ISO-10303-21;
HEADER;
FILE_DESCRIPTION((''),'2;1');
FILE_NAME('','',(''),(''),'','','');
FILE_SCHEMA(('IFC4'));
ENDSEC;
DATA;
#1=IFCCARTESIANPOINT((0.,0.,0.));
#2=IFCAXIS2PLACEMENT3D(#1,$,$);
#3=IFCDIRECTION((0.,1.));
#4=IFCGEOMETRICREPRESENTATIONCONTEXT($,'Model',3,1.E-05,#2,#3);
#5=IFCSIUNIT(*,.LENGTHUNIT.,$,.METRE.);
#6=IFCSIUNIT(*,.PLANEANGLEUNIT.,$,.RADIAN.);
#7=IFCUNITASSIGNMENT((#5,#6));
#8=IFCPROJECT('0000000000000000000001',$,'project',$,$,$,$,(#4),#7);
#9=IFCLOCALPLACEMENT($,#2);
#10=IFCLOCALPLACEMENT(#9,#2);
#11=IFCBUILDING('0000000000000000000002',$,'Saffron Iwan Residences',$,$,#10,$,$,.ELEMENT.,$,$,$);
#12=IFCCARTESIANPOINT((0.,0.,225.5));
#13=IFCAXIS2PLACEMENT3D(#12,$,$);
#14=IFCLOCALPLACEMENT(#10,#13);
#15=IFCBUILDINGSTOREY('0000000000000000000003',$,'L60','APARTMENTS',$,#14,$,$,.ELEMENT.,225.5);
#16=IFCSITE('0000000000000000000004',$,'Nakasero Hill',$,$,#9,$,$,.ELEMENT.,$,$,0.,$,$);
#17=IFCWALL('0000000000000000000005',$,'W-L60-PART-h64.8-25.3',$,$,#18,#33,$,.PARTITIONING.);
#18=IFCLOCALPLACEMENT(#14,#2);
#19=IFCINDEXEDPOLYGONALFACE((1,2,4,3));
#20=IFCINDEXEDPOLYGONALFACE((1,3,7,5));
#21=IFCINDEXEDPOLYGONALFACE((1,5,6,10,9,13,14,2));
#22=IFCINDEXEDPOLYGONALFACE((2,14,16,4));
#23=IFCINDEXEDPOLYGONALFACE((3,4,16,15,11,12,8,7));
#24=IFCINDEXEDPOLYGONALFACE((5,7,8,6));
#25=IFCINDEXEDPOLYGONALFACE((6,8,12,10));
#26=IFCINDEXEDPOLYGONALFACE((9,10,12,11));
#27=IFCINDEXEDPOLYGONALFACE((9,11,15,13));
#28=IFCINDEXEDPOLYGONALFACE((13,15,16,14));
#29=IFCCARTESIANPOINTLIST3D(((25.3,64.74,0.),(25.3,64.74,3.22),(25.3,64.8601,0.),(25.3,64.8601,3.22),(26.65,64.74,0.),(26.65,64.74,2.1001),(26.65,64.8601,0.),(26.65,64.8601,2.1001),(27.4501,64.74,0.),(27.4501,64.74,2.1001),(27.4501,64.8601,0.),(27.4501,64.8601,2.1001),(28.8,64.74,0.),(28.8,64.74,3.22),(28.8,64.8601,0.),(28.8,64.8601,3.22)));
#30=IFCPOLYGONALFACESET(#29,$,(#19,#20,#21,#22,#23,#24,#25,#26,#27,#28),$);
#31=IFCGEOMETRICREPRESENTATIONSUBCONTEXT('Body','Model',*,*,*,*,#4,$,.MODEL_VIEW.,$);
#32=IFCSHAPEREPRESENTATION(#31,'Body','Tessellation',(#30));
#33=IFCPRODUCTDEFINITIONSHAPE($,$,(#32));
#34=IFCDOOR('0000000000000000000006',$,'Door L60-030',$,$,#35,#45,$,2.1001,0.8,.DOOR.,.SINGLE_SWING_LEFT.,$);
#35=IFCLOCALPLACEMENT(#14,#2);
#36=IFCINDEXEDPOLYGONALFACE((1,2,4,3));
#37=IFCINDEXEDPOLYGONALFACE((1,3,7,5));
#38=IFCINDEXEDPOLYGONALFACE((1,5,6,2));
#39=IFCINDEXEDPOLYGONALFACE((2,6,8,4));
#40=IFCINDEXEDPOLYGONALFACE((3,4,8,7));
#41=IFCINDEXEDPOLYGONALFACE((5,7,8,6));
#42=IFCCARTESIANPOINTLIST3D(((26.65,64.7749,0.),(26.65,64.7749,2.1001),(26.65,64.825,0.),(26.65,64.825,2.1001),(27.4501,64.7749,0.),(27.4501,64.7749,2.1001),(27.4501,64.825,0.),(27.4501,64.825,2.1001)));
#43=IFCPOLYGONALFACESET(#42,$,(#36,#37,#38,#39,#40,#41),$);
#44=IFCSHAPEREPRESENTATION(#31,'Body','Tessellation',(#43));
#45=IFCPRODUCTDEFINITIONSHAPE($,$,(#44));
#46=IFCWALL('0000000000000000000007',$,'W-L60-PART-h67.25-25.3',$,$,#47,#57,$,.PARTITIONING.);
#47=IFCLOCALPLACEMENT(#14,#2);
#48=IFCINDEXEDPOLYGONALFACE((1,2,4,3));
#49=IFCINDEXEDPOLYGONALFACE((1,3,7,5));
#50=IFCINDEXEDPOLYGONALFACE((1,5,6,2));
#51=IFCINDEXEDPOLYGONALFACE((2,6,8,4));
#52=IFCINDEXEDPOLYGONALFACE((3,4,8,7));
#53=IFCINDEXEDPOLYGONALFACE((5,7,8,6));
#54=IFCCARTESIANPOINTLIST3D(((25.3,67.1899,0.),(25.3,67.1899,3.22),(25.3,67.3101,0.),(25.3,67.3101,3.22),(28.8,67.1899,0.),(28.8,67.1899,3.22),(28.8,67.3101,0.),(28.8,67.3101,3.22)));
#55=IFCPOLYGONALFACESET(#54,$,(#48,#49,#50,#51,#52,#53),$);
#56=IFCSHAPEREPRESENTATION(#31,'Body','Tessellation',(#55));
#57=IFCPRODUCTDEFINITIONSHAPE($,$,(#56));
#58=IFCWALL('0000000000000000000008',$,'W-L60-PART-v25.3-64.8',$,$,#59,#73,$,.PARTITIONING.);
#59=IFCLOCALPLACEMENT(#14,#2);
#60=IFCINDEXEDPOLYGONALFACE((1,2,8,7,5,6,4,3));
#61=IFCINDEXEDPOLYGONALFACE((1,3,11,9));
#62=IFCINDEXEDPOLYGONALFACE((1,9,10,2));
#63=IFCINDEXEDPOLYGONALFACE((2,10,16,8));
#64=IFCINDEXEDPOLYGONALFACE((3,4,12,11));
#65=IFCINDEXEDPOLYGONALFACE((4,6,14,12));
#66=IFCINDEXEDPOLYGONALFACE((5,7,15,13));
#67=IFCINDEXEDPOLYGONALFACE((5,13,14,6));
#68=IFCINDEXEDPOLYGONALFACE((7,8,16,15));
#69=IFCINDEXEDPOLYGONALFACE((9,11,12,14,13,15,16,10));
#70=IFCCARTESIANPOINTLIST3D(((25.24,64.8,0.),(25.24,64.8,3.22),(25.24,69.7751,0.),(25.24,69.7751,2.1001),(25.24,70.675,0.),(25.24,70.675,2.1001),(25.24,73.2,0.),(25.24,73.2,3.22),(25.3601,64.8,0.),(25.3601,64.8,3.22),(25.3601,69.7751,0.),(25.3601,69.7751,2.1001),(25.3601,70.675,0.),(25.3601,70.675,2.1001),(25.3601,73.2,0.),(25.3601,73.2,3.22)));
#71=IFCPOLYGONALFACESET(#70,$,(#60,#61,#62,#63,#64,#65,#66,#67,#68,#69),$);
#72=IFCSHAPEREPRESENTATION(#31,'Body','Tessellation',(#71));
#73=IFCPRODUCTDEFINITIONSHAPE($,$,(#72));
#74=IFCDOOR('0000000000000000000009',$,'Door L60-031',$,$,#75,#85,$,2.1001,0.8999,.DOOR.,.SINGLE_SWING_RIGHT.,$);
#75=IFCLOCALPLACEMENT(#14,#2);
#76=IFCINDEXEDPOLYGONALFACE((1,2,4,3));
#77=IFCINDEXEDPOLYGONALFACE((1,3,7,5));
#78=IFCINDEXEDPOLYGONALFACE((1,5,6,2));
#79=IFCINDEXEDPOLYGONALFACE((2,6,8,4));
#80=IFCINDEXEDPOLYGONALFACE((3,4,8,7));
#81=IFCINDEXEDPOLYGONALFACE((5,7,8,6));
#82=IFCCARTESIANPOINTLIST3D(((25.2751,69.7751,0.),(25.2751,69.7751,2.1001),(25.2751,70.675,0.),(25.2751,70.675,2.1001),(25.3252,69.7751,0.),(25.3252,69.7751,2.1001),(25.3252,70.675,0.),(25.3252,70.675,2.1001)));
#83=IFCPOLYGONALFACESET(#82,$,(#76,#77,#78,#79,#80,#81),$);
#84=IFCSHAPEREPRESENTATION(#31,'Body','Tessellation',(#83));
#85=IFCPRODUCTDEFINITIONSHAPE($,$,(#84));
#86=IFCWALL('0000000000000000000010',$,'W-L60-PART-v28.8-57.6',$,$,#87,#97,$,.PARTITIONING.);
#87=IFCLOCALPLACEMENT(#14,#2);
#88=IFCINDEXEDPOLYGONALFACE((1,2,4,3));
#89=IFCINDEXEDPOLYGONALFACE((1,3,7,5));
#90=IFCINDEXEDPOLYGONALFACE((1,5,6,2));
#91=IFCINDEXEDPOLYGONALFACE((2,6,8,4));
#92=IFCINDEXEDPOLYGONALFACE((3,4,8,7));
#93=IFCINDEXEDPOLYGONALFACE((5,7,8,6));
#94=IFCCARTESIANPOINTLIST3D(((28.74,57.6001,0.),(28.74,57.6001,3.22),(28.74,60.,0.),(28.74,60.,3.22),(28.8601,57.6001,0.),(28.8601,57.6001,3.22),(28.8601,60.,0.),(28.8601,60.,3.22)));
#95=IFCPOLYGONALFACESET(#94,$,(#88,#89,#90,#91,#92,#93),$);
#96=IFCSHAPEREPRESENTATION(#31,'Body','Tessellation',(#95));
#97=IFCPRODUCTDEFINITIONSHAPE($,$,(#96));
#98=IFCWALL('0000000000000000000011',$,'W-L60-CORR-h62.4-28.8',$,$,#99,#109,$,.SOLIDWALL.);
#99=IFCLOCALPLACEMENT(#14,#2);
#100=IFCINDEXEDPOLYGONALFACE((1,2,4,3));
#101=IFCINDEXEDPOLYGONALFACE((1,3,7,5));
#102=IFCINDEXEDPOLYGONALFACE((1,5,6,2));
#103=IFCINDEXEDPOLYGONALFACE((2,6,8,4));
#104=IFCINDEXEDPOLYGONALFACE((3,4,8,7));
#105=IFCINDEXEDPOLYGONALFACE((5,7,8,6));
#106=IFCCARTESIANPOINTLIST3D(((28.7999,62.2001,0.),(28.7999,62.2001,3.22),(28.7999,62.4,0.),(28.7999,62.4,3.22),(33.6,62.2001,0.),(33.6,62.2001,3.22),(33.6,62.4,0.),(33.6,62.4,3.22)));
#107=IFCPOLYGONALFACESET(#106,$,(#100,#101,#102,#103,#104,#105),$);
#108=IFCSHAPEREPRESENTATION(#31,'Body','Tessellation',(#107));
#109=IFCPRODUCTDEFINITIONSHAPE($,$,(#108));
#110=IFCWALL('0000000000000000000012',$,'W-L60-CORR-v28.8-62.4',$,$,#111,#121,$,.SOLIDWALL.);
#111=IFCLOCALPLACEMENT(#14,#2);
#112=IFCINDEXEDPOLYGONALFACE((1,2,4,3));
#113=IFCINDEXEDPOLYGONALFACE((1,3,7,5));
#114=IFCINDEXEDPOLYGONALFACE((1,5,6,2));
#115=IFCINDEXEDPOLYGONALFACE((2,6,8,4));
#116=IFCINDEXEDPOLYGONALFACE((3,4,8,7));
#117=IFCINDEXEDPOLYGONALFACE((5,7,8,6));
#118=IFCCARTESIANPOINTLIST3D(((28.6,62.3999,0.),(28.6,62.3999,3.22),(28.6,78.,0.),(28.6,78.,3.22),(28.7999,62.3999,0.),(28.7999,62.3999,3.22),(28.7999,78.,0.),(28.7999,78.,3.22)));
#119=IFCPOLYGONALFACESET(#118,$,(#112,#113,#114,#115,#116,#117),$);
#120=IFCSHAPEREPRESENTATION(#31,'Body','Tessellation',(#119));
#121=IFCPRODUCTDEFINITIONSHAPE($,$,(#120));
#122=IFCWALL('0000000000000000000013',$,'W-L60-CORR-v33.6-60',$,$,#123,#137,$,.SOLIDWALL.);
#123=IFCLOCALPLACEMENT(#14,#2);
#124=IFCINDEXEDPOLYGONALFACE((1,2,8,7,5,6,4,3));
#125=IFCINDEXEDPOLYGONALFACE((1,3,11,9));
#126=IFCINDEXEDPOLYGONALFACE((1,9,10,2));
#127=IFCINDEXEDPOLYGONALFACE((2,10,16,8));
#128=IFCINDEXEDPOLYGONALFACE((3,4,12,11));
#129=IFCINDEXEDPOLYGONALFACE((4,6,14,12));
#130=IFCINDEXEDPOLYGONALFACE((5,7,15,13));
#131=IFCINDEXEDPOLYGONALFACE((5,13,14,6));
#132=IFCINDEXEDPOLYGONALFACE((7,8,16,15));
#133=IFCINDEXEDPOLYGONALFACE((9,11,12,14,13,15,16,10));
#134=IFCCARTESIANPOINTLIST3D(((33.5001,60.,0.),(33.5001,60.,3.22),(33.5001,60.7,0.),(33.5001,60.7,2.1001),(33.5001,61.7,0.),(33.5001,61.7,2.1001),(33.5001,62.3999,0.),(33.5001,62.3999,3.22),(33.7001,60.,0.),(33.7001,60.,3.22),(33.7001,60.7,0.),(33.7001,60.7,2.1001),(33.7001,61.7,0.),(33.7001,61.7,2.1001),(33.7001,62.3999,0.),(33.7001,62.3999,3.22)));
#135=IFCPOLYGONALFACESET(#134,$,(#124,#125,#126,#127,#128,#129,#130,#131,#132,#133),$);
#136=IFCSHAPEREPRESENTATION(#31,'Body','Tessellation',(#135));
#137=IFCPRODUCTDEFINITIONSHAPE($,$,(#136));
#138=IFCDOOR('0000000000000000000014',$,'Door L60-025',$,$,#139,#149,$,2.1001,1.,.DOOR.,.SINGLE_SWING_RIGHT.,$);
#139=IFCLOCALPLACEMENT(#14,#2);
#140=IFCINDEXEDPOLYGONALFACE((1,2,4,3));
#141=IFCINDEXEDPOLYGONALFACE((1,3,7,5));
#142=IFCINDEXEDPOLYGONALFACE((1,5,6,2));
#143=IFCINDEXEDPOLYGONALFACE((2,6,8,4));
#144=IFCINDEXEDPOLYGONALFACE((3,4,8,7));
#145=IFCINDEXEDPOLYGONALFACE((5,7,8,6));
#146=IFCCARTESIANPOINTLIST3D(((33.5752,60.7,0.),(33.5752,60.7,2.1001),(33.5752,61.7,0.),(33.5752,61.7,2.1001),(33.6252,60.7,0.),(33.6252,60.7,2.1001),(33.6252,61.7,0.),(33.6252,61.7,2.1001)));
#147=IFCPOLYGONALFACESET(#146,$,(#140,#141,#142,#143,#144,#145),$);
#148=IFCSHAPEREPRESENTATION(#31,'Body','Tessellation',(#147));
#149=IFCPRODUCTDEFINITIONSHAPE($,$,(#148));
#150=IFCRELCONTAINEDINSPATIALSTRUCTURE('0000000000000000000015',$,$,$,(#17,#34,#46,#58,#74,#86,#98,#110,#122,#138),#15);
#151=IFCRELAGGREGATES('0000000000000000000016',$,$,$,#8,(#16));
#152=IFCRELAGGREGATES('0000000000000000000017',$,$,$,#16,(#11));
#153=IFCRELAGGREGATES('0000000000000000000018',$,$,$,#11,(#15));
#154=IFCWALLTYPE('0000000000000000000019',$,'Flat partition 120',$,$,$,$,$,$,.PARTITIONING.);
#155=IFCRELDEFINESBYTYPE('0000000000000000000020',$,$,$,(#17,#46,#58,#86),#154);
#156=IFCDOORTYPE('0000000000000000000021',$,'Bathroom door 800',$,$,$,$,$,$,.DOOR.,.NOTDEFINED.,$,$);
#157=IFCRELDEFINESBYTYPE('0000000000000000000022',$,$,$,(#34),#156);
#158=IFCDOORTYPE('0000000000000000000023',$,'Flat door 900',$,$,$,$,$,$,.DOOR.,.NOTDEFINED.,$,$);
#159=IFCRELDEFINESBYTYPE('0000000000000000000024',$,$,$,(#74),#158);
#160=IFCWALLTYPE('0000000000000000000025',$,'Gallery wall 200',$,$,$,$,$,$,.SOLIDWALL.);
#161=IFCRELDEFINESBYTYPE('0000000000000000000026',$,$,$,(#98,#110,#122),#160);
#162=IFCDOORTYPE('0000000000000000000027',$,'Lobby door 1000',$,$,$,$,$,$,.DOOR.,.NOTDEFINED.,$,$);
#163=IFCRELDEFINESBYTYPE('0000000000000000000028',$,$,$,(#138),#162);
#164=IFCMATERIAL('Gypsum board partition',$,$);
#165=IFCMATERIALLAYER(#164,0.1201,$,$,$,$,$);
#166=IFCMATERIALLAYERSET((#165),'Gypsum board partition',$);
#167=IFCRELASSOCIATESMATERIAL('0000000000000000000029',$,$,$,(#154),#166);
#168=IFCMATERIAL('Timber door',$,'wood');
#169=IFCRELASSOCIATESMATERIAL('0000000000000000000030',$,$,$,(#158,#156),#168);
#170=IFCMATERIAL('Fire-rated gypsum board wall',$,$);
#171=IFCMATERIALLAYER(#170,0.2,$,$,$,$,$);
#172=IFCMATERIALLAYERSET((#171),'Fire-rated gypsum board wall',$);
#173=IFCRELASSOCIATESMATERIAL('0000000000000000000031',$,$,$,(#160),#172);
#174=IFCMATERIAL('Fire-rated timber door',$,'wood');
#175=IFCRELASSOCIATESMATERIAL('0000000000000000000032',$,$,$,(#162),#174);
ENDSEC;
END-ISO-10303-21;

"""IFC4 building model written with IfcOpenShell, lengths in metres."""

from ifc_helpers import new_model, si_unit, direction, frame, frame_2d, origin, place, context, subcontext, project, spatial, rectangle, extrude, material, layer, layer_set, type_object, element, fill, save


model = new_model("IFC4")

# Units and contexts
model_context = context("Model", 3, precision=1e-05, world=origin(), true_north=direction((0.0, 1.0)))
body_context = subcontext(model_context, "Body", "Model", "MODEL_VIEW")
ifc_project = project(units=[si_unit("LENGTHUNIT", "METRE"), si_unit("PLANEANGLEUNIT", "RADIAN")], contexts=[model_context])

# Site, building, storey
site_placement = place(None, origin())
site = spatial("IfcSite", under=ifc_project, at=site_placement, Name="Nakasero Hill", CompositionType="ELEMENT", RefElevation=0.0)
building_placement = place(site_placement, origin())
building = spatial("IfcBuilding", under=site, at=building_placement, Name="Saffron Iwan Residences", CompositionType="ELEMENT")
storey_placement = place(building_placement, frame((0.0, 0.0, 225.5)))
storey = spatial("IfcBuildingStorey", under=building, at=storey_placement, Name="L60", Description="APARTMENTS", CompositionType="ELEMENT", Elevation=225.5)

# Shared definitions
ifc_material_1 = material(Name="Fire-rated gypsum board wall")
ifc_material_2 = material(Name="Gypsum board partition")
ifc_layer_1 = layer(ifc_material_2, 0.1201)
ifc_layer_set_1 = layer_set([ifc_layer_1], Name="Gypsum board partition")
wall_type_1 = type_object("IfcWallType", Name="Flat partition 120", PredefinedType="PARTITIONING", material=ifc_layer_set_1)

# Wall, opening, door
ifc_material_3 = material(Name="Timber door", Category="wood")
door_type_1 = type_object("IfcDoorType", Name="Flat door 900", OperationType="NOTDEFINED", PredefinedType="DOOR", material=ifc_material_3)
wall_1_placement = place(storey_placement, frame((25.3, 64.8, 0.0), z_axis=(0.0, 0.0, 1.0), x_axis=(1.0, 0.0, 0.0)))
wall_1 = element("IfcWall", 1, at=wall_1_placement, inside=storey, type_object=wall_type_1, Name="W-L60-PART-h64.8-25.3", PredefinedType="PARTITIONING", context=body_context, shape_type="SweptSolid", body=[
    extrude(rectangle(XDim=3.5, YDim=0.1201, at=frame_2d((1.75, 0.0))), origin(), (0.0, 0.0, 1.0), 3.22),
])
opening_1_placement = place(wall_1_placement, frame((1.3501, 0.0, 0.0)))
opening_1 = element("IfcOpeningElement", 2, at=opening_1_placement, cuts=wall_1, PredefinedType="OPENING", context=body_context, shape_type="SweptSolid", body=[
    extrude(rectangle(XDim=0.8, YDim=2.1001, at=frame_2d((0.3999, 1.05))), frame((0.0, 0.0701, 0.0), z_axis=(0.0, -1.0, 0.0), x_axis=(1.0, 0.0, 0.0)), (0.0, 0.0, 1.0), 0.1401),
])
door_type_2 = type_object("IfcDoorType", Name="Bathroom door 800", OperationType="NOTDEFINED", PredefinedType="DOOR", material=ifc_material_3)
door_1_placement = place(opening_1_placement, origin())
door_1 = element("IfcDoor", 3, at=door_1_placement, inside=storey, type_object=door_type_2, Name="Door L60-030", OperationType="SINGLE_SWING_LEFT", OverallHeight=2.1001, OverallWidth=0.8, PredefinedType="DOOR", context=body_context, shape_type="SweptSolid", body=[
    extrude(rectangle(XDim=0.8, YDim=2.1001, at=frame_2d((0.3999, 1.05))), frame((0.0, 0.0249, 0.0), z_axis=(0.0, -1.0, 0.0), x_axis=(1.0, 0.0, 0.0)), (0.0, 0.0, 1.0), 0.05),
])
fill(opening_1, door_1)

# Wall
wall_2_placement = place(storey_placement, frame((25.3, 67.25, 0.0), z_axis=(0.0, 0.0, 1.0), x_axis=(1.0, 0.0, 0.0)))
element("IfcWall", 4, at=wall_2_placement, inside=storey, type_object=wall_type_1, Name="W-L60-PART-h67.25-25.3", PredefinedType="PARTITIONING", context=body_context, shape_type="SweptSolid", body=[
    extrude(rectangle(XDim=3.5, YDim=0.1201, at=frame_2d((1.75, 0.0))), origin(), (0.0, 0.0, 1.0), 3.22),
])

# Wall, opening, door
wall_3_placement = place(storey_placement, frame((25.3, 64.8, 0.0), z_axis=(0.0, 0.0, 1.0), x_axis=(0.0, 1.0, 0.0)))
wall_3 = element("IfcWall", 5, at=wall_3_placement, inside=storey, type_object=wall_type_1, Name="W-L60-PART-v25.3-64.8", PredefinedType="PARTITIONING", context=body_context, shape_type="SweptSolid", body=[
    extrude(rectangle(XDim=8.3999, YDim=0.1201, at=frame_2d((4.2, 0.0))), origin(), (0.0, 0.0, 1.0), 3.22),
])
opening_2_placement = place(wall_3_placement, frame((4.9751, 0.0, 0.0)))
opening_2 = element("IfcOpeningElement", 6, at=opening_2_placement, cuts=wall_3, PredefinedType="OPENING", context=body_context, shape_type="SweptSolid", body=[
    extrude(rectangle(XDim=0.8999, YDim=2.1001, at=frame_2d((0.45, 1.05))), frame((0.0, 0.0701, 0.0), z_axis=(0.0, -1.0, 0.0), x_axis=(1.0, 0.0, 0.0)), (0.0, 0.0, 1.0), 0.1401),
])
door_2_placement = place(opening_2_placement, origin())
door_2 = element("IfcDoor", 7, at=door_2_placement, inside=storey, type_object=door_type_1, Name="Door L60-031", OperationType="SINGLE_SWING_RIGHT", OverallHeight=2.1001, OverallWidth=0.8999, PredefinedType="DOOR", context=body_context, shape_type="SweptSolid", body=[
    extrude(rectangle(XDim=0.8999, YDim=2.1001, at=frame_2d((0.45, 1.05))), frame((0.0, 0.0249, 0.0), z_axis=(0.0, -1.0, 0.0), x_axis=(1.0, 0.0, 0.0)), (0.0, 0.0, 1.0), 0.05),
])
fill(opening_2, door_2)

# Walls
wall_4_placement = place(storey_placement, frame((28.8, 57.6001, 0.0), z_axis=(0.0, 0.0, 1.0), x_axis=(0.0, 1.0, 0.0)))
element("IfcWall", 8, at=wall_4_placement, inside=storey, type_object=wall_type_1, Name="W-L60-PART-v28.8-57.6", PredefinedType="PARTITIONING", context=body_context, shape_type="SweptSolid", body=[
    extrude(rectangle(XDim=2.3999, YDim=0.1201, at=frame_2d((1.2, 0.0))), origin(), (0.0, 0.0, 1.0), 3.22),
])
ifc_layer_2 = layer(ifc_material_1, 0.2)
ifc_layer_set_2 = layer_set([ifc_layer_2], Name="Fire-rated gypsum board wall")
wall_type_2 = type_object("IfcWallType", Name="Gallery wall 200", PredefinedType="SOLIDWALL", material=ifc_layer_set_2)
wall_5_placement = place(storey_placement, frame((28.8, 62.3, 0.0), z_axis=(0.0, 0.0, 1.0), x_axis=(1.0, 0.0, 0.0)))
element("IfcWall", 9, at=wall_5_placement, inside=storey, type_object=wall_type_2, Name="W-L60-CORR-h62.4-28.8", PredefinedType="SOLIDWALL", context=body_context, shape_type="SweptSolid", body=[
    extrude(rectangle(XDim=4.8, YDim=0.2, at=frame_2d((2.3999, 0.0))), origin(), (0.0, 0.0, 1.0), 3.22),
])
wall_6_placement = place(storey_placement, frame((28.7, 62.3999, 0.0), z_axis=(0.0, 0.0, 1.0), x_axis=(0.0, 1.0, 0.0)))
element("IfcWall", 10, at=wall_6_placement, inside=storey, type_object=wall_type_2, Name="W-L60-CORR-v28.8-62.4", PredefinedType="SOLIDWALL", context=body_context, shape_type="SweptSolid", body=[
    extrude(rectangle(XDim=15.6001, YDim=0.2, at=frame_2d((7.8, 0.0))), origin(), (0.0, 0.0, 1.0), 3.22),
])

# Wall, opening, door
wall_7_placement = place(storey_placement, frame((33.6001, 60.0, 0.0), z_axis=(0.0, 0.0, 1.0), x_axis=(0.0, 1.0, 0.0)))
wall_7 = element("IfcWall", 11, at=wall_7_placement, inside=storey, type_object=wall_type_2, Name="W-L60-CORR-v33.6-60", PredefinedType="SOLIDWALL", context=body_context, shape_type="SweptSolid", body=[
    extrude(rectangle(XDim=2.3999, YDim=0.2, at=frame_2d((1.2, 0.0))), origin(), (0.0, 0.0, 1.0), 3.22),
])
opening_3_placement = place(wall_7_placement, frame((0.7, 0.0, 0.0)))
opening_3 = element("IfcOpeningElement", 12, at=opening_3_placement, cuts=wall_7, PredefinedType="OPENING", context=body_context, shape_type="SweptSolid", body=[
    extrude(rectangle(XDim=1.0, YDim=2.1001, at=frame_2d((0.5, 1.05))), frame((0.0, 0.1099, 0.0), z_axis=(0.0, -1.0, 0.0), x_axis=(1.0, 0.0, 0.0)), (0.0, 0.0, 1.0), 0.22),
])
ifc_material_4 = material(Name="Fire-rated timber door", Category="wood")
door_type_3 = type_object("IfcDoorType", Name="Lobby door 1000", OperationType="NOTDEFINED", PredefinedType="DOOR", material=ifc_material_4)
door_3_placement = place(opening_3_placement, origin())
door_3 = element("IfcDoor", 13, at=door_3_placement, inside=storey, type_object=door_type_3, Name="Door L60-025", OperationType="SINGLE_SWING_RIGHT", OverallHeight=2.1001, OverallWidth=1.0, PredefinedType="DOOR", context=body_context, shape_type="SweptSolid", body=[
    extrude(rectangle(XDim=1.0, YDim=2.1001, at=frame_2d((0.5, 1.05))), frame((0.0, 0.0249, 0.0), z_axis=(0.0, -1.0, 0.0), x_axis=(1.0, 0.0, 0.0)), (0.0, 0.0, 1.0), 0.05),
])
fill(opening_3, door_3)

save(model, "model.ifc")
